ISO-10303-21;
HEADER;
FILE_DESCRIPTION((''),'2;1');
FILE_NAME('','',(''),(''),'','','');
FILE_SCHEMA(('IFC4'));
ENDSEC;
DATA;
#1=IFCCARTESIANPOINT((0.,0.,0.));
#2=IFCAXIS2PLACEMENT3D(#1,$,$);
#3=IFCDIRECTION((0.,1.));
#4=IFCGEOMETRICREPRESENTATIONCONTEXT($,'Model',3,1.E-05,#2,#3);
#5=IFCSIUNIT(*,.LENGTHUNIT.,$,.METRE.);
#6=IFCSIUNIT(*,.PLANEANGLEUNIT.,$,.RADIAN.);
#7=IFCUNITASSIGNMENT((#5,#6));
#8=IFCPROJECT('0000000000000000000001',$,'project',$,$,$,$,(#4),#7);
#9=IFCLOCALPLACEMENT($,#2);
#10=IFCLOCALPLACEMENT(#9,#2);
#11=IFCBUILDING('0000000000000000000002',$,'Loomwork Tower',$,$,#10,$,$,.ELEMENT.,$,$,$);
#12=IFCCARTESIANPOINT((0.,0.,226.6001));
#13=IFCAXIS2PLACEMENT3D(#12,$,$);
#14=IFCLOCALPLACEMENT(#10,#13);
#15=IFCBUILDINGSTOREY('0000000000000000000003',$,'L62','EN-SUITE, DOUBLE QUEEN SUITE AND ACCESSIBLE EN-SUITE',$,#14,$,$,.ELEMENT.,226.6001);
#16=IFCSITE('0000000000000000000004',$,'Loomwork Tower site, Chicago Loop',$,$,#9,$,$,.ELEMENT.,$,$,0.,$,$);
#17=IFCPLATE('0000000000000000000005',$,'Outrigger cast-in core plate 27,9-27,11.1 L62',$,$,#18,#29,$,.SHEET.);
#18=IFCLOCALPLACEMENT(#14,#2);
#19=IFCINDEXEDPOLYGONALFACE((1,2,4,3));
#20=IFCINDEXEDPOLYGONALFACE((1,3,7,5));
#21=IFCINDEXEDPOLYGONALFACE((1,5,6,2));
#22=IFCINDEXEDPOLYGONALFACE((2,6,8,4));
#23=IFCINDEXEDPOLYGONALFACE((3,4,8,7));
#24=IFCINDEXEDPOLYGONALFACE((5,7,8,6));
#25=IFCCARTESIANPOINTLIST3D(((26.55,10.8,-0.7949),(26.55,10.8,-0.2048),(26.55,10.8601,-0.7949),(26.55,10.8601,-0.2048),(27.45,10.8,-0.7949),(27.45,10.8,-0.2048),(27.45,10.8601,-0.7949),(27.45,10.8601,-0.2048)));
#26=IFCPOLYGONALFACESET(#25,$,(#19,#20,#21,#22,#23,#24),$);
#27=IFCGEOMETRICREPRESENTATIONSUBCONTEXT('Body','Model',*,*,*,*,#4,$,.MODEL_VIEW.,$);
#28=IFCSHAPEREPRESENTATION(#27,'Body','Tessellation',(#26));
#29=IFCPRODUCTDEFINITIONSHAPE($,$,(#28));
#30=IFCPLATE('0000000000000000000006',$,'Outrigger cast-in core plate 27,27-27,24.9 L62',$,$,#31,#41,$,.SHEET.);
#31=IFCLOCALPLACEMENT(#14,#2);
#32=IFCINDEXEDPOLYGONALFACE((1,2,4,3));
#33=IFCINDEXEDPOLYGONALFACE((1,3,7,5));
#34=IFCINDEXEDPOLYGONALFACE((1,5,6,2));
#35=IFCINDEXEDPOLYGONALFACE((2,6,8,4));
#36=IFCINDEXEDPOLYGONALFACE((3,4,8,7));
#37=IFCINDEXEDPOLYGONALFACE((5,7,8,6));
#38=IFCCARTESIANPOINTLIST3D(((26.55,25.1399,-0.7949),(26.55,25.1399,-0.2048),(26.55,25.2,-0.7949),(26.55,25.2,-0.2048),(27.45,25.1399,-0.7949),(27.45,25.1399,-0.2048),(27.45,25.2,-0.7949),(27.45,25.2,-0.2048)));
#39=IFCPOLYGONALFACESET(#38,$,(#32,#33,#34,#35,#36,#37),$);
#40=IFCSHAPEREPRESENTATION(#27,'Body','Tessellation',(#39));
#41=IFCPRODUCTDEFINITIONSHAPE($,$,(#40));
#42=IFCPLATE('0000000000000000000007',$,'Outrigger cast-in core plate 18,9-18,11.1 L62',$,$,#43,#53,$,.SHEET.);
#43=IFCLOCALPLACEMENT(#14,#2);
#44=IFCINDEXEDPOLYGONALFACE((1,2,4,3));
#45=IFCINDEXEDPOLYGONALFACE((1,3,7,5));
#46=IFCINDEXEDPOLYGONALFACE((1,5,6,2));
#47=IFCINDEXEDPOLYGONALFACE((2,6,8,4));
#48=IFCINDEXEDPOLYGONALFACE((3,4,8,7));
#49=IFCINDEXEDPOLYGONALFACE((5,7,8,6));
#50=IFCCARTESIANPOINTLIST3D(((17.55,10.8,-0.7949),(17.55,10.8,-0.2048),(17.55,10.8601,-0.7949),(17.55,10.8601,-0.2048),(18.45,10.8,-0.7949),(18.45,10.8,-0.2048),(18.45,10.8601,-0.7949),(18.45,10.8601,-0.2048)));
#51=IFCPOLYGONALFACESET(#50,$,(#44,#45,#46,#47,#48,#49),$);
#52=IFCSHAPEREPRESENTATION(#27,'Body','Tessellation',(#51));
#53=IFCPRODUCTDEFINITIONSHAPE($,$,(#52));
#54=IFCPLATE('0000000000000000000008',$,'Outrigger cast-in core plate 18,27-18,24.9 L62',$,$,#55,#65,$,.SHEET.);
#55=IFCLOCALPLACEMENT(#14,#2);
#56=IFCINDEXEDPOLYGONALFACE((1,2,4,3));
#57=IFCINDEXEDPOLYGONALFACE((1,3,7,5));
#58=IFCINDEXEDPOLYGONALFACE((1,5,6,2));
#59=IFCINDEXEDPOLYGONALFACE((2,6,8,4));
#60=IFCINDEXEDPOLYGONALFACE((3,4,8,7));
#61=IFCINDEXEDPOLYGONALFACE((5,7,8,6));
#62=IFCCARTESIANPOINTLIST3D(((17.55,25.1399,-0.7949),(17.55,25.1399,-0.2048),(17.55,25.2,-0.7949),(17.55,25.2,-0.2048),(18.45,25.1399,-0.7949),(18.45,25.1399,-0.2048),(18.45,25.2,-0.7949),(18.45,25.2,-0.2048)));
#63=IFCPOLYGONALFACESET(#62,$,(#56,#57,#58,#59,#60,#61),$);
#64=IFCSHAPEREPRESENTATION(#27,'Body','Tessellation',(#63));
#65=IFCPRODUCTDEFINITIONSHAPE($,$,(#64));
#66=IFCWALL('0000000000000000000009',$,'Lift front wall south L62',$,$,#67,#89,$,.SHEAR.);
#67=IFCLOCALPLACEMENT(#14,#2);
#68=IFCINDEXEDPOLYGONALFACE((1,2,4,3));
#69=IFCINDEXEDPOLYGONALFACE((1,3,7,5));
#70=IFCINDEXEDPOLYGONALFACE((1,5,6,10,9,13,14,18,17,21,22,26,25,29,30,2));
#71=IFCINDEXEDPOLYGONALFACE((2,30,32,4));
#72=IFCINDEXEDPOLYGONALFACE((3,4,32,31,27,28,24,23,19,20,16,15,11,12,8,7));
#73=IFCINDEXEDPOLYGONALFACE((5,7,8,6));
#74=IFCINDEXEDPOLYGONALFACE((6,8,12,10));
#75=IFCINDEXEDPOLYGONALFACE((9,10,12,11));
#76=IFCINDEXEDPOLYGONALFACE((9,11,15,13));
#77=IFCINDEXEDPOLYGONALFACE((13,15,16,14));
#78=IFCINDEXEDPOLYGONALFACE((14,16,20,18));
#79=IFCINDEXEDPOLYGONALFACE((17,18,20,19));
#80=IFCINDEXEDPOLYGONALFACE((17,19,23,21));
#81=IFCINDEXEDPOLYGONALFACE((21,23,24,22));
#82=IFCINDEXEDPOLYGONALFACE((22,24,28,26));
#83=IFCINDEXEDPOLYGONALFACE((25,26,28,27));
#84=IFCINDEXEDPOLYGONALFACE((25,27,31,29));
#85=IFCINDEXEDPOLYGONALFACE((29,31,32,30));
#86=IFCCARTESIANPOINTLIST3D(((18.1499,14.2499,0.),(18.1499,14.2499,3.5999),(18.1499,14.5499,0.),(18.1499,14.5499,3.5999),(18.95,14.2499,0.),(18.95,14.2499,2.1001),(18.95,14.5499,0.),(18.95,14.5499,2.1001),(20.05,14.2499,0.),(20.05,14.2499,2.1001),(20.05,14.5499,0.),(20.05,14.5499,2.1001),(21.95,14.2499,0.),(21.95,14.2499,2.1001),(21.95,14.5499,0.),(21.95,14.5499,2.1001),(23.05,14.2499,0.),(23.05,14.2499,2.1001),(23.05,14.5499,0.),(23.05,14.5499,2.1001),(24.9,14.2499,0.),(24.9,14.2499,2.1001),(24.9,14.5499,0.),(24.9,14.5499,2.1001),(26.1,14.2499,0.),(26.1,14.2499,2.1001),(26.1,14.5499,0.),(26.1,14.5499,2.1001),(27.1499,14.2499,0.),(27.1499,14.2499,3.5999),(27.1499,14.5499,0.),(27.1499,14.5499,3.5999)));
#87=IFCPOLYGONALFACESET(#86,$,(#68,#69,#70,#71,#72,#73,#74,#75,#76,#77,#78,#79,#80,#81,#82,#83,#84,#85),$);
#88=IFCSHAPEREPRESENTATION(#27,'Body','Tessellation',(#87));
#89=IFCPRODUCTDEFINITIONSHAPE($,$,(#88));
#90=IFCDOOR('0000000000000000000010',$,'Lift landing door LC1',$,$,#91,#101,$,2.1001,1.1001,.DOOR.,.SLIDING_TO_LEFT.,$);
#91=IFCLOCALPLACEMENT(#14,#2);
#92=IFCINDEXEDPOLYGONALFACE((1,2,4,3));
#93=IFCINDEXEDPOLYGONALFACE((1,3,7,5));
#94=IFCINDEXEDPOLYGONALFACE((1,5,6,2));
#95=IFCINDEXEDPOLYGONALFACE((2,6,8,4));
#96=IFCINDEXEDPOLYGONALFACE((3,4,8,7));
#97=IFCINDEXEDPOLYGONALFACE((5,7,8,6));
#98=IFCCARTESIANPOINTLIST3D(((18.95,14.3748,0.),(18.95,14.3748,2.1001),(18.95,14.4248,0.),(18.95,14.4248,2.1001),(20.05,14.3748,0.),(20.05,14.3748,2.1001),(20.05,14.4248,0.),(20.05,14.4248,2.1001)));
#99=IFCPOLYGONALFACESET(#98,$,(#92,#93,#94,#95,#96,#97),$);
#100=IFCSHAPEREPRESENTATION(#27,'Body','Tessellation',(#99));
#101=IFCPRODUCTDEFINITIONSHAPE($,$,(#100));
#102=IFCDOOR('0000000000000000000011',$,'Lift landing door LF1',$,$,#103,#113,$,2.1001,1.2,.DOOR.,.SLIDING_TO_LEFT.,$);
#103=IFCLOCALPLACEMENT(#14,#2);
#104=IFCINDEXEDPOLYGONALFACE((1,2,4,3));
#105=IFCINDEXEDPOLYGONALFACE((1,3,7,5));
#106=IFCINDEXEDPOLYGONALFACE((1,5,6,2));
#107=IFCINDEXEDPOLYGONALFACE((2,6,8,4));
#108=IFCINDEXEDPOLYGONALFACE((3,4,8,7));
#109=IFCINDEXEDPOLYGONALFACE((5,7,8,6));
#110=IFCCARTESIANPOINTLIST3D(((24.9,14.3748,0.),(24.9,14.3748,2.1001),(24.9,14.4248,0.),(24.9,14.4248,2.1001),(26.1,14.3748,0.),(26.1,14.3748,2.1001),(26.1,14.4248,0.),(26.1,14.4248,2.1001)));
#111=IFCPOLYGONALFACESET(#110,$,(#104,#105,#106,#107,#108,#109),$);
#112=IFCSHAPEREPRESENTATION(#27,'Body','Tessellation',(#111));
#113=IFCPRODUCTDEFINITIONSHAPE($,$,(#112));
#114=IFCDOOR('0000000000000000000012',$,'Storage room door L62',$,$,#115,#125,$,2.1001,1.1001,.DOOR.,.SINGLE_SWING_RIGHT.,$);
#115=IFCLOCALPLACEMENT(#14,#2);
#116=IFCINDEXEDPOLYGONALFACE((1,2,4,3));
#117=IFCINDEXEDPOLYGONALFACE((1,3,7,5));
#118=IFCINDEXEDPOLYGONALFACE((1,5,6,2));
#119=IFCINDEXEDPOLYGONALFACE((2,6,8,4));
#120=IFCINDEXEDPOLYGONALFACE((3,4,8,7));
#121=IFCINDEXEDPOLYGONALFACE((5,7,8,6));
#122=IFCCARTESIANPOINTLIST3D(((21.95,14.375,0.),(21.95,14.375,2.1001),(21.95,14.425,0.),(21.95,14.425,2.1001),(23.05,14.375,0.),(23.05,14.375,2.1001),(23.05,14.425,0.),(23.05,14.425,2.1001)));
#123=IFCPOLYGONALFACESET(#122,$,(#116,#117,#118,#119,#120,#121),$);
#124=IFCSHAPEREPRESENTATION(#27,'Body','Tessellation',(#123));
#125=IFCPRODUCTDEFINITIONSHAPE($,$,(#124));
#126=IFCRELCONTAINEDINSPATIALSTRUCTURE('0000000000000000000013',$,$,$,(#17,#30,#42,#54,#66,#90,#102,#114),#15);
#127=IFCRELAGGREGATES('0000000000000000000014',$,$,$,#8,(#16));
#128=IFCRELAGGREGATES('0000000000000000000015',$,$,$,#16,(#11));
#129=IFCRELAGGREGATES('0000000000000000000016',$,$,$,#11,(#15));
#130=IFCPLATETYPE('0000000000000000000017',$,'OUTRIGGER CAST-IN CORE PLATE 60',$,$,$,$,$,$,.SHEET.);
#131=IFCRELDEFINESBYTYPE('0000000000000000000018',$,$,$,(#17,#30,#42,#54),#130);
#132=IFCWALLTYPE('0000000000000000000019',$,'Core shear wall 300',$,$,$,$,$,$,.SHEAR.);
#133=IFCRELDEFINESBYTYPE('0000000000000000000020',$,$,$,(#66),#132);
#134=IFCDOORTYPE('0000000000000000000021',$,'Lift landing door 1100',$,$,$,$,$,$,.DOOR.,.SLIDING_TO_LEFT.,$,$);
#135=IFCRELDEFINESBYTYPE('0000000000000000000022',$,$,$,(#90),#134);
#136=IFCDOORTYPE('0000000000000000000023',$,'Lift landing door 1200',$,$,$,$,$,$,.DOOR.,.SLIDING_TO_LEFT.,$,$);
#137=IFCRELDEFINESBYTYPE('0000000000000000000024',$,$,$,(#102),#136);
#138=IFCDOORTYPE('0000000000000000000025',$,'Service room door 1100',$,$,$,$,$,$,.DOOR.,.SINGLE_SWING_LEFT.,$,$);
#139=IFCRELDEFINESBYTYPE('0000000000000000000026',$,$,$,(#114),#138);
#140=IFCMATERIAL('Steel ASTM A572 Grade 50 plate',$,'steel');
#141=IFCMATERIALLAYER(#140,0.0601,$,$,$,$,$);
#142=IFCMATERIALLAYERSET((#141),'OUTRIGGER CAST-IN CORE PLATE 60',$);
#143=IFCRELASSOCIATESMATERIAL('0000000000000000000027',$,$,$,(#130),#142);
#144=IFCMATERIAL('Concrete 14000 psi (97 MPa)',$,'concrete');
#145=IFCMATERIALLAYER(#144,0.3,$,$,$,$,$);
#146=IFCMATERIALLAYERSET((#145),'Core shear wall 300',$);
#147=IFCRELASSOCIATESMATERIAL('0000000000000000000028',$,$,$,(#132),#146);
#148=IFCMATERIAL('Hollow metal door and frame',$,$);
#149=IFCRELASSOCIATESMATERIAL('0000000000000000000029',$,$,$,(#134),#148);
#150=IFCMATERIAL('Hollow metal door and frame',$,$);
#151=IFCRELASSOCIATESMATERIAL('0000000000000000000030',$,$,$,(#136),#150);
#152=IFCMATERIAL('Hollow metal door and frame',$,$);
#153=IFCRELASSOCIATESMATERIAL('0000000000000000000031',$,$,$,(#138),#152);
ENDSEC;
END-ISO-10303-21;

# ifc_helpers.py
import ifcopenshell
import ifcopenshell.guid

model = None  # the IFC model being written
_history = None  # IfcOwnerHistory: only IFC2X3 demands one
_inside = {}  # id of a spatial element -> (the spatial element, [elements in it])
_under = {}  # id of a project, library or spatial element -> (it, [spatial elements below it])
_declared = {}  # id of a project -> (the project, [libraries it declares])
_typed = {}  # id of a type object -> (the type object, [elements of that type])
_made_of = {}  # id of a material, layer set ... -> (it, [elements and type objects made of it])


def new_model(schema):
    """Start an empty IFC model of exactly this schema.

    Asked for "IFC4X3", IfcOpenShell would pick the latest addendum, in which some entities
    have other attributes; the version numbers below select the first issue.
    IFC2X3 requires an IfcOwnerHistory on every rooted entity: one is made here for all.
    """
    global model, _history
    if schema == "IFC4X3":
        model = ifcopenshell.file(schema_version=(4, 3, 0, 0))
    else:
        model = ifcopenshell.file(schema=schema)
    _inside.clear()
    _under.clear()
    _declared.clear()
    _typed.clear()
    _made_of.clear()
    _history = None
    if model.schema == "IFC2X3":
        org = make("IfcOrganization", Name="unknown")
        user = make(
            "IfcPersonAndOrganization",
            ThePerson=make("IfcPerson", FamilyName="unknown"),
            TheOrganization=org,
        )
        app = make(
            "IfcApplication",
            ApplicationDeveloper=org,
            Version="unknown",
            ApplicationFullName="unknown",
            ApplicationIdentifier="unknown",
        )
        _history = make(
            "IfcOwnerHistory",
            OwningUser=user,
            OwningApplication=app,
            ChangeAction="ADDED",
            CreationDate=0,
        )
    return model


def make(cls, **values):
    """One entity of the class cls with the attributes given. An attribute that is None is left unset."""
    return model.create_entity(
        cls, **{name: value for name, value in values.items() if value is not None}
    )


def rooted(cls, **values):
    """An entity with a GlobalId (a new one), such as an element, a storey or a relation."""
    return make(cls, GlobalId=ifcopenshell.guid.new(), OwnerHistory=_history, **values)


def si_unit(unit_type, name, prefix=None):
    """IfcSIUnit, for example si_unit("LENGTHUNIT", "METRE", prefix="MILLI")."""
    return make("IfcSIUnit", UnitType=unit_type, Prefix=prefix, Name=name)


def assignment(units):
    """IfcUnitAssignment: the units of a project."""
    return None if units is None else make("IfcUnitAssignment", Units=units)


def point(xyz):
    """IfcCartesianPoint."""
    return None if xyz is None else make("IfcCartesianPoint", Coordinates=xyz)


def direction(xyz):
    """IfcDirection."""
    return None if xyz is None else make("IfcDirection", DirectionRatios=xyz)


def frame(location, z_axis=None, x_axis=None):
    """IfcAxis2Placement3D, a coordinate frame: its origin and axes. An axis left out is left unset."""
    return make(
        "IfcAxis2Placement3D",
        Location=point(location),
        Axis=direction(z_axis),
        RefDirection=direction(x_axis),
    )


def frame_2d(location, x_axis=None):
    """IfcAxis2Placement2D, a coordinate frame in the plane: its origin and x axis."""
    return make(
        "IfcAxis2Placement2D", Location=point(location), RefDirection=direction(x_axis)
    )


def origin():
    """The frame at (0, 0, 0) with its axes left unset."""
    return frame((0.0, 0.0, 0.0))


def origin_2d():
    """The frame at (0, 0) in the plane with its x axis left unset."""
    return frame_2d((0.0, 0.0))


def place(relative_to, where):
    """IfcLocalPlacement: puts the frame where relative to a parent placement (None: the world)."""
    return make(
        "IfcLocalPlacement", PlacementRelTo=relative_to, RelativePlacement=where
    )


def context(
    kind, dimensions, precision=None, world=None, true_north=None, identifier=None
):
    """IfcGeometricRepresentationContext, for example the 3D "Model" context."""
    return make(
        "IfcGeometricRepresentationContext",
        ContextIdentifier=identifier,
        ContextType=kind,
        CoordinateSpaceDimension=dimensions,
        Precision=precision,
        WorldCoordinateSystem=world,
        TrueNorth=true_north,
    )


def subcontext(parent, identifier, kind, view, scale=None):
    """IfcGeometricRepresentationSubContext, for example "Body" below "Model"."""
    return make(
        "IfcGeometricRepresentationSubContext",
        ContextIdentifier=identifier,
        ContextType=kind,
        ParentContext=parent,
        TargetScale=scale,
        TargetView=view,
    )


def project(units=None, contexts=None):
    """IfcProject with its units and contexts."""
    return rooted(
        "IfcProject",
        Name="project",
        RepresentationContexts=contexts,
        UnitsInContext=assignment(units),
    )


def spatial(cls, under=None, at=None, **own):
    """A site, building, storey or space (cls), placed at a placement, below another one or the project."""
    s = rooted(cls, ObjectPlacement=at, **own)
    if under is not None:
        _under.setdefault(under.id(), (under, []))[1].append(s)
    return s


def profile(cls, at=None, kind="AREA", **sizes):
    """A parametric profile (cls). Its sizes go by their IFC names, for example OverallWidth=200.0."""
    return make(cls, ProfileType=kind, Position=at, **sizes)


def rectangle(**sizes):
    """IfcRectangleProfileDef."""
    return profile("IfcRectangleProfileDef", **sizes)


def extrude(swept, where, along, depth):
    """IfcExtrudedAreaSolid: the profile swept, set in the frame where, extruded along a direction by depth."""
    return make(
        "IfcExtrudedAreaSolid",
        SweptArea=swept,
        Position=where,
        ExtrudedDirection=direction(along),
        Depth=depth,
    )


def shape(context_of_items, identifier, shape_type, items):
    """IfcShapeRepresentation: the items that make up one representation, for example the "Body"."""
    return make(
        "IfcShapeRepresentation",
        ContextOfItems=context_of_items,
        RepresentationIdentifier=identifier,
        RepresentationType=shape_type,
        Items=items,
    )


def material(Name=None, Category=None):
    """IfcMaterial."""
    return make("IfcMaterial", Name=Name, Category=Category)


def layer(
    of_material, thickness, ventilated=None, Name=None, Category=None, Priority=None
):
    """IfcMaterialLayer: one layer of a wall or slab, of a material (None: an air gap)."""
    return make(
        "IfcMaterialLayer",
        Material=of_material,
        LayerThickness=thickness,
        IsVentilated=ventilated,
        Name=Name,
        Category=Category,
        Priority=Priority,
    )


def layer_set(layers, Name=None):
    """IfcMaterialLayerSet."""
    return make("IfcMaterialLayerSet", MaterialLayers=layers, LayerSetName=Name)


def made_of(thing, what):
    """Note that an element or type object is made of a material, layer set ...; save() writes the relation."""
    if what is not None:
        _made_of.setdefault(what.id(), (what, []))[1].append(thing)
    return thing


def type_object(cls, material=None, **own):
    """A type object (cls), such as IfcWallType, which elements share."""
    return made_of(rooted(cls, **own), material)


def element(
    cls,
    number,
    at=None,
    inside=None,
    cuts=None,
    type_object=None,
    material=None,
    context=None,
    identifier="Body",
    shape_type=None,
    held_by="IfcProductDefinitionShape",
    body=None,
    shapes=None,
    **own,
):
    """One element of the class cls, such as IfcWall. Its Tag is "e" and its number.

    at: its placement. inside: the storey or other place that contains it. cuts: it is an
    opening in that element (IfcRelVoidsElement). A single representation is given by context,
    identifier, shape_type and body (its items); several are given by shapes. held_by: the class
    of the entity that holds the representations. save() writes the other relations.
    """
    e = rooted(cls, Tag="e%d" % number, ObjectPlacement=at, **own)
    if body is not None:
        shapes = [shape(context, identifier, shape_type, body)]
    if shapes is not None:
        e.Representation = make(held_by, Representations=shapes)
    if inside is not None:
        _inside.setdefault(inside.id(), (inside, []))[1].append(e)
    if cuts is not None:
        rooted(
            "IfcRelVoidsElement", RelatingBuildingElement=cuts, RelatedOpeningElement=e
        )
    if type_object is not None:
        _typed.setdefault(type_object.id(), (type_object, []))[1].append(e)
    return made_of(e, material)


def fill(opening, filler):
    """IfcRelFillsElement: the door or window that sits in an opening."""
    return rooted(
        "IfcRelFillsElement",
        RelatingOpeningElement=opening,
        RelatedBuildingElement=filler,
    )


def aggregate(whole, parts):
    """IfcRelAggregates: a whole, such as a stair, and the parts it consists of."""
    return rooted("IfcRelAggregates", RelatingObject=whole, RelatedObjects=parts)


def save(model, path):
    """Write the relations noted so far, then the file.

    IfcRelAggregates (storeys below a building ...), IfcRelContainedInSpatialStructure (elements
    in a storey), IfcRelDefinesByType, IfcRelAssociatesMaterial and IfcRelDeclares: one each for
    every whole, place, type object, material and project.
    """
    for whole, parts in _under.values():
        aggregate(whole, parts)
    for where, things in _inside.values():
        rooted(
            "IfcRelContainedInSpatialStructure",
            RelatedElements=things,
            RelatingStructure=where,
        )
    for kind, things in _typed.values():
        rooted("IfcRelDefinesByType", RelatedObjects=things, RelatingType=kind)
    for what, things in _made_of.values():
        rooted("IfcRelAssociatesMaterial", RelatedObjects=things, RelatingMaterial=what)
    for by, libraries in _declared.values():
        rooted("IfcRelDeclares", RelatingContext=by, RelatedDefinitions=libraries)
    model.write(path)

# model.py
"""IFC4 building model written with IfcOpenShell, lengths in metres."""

from ifc_helpers import new_model, si_unit, direction, frame, frame_2d, origin, origin_2d, place, context, subcontext, project, spatial, rectangle, extrude, material, layer, layer_set, type_object, element, fill, save


model = new_model("IFC4")

# Units and contexts
model_context = context("Model", 3, precision=1e-05, world=origin(), true_north=direction((0.0, 1.0)))
body_context = subcontext(model_context, "Body", "Model", "MODEL_VIEW")
ifc_project = project(units=[si_unit("LENGTHUNIT", "METRE"), si_unit("PLANEANGLEUNIT", "RADIAN")], contexts=[model_context])

# Site, building, storey
site_placement = place(None, origin())
site = spatial("IfcSite", under=ifc_project, at=site_placement, Name="Loomwork Tower site, Chicago Loop", CompositionType="ELEMENT", RefElevation=0.0)
building_placement = place(site_placement, origin())
building = spatial("IfcBuilding", under=site, at=building_placement, Name="Loomwork Tower", CompositionType="ELEMENT")
storey_placement = place(building_placement, frame((0.0, 0.0, 226.6001)))
storey = spatial("IfcBuildingStorey", under=building, at=storey_placement, Name="L62", Description="EN-SUITE, DOUBLE QUEEN SUITE AND ACCESSIBLE EN-SUITE", CompositionType="ELEMENT", Elevation=226.6001)

# Plates
ifc_material_1 = material(Name="Steel ASTM A572 Grade 50 plate", Category="steel")
ifc_layer_1 = layer(ifc_material_1, 0.0601)
ifc_layer_set_1 = layer_set([ifc_layer_1], Name="OUTRIGGER CAST-IN CORE PLATE 60")
plate_type = type_object("IfcPlateType", Name="OUTRIGGER CAST-IN CORE PLATE 60", PredefinedType="SHEET", material=ifc_layer_set_1)
for number, where, z_axis, x_axis, name in (
    (1, (27.0, 10.8301, -0.7949), (0.0, 0.0, 1.0), (1.0, 0.0, 0.0), "Outrigger cast-in core plate 27,9-27,11.1 L62"),
    (2, (27.0, 25.1699, -0.7949), (0.0, 0.0, 1.0), (1.0, 0.0, 0.0), "Outrigger cast-in core plate 27,27-27,24.9 L62"),
    (3, (18.0, 10.8301, -0.7949), (0.0, 0.0, 1.0), (1.0, 0.0, 0.0), "Outrigger cast-in core plate 18,9-18,11.1 L62"),
    (4, (18.0, 25.1699, -0.7949), (0.0, 0.0, 1.0), (1.0, 0.0, 0.0), "Outrigger cast-in core plate 18,27-18,24.9 L62"),
):
    element("IfcPlate", number, at=place(storey_placement, frame(where, z_axis=z_axis, x_axis=x_axis)), inside=storey, type_object=plate_type, Name=name, PredefinedType="SHEET", context=body_context, shape_type="SweptSolid", body=[
        extrude(rectangle(XDim=0.8999, YDim=0.0601, at=origin_2d()), origin(), (0.0, 0.0, 1.0), 0.5901),
    ])

# Wall, openings, doors
ifc_material_2 = material(Name="Concrete 14000 psi (97 MPa)", Category="concrete")
ifc_layer_2 = layer(ifc_material_2, 0.3)
ifc_layer_set_2 = layer_set([ifc_layer_2], Name="Core shear wall 300")
wall_type_1 = type_object("IfcWallType", Name="Core shear wall 300", PredefinedType="SHEAR", material=ifc_layer_set_2)
wall_1_placement = place(storey_placement, frame((18.1499, 14.3999, 0.0), z_axis=(0.0, 0.0, 1.0), x_axis=(1.0, 0.0, 0.0)))
wall_1 = element("IfcWall", 5, at=wall_1_placement, inside=storey, type_object=wall_type_1, Name="Lift front wall south L62", PredefinedType="SHEAR", context=body_context, shape_type="SweptSolid", body=[
    extrude(rectangle(XDim=9.0, YDim=0.3, at=frame_2d((4.5, 0.0))), origin(), (0.0, 0.0, 1.0), 3.5999),
])
opening_1_placement = place(wall_1_placement, frame((0.8, 0.0, 0.0)))
opening_1 = element("IfcOpeningElement", 6, at=opening_1_placement, cuts=wall_1, PredefinedType="OPENING", context=body_context, shape_type="SweptSolid", body=[
    extrude(rectangle(XDim=1.1001, YDim=2.1001, at=frame_2d((0.55, 1.05))), frame((0.0, 0.1599, 0.0), z_axis=(0.0, -1.0, 0.0), x_axis=(1.0, 0.0, 0.0)), (0.0, 0.0, 1.0), 0.3201),
])
opening_2_placement = place(wall_1_placement, frame((6.75, 0.0, 0.0)))
opening_2 = element("IfcOpeningElement", 7, at=opening_2_placement, cuts=wall_1, PredefinedType="OPENING", context=body_context, shape_type="SweptSolid", body=[
    extrude(rectangle(XDim=1.2, YDim=2.1001, at=frame_2d((0.6001, 1.05))), frame((0.0, 0.1599, 0.0), z_axis=(0.0, -1.0, 0.0), x_axis=(1.0, 0.0, 0.0)), (0.0, 0.0, 1.0), 0.3201),
])
opening_3_placement = place(wall_1_placement, frame((3.8, 0.0, 0.0)))
opening_3 = element("IfcOpeningElement", 8, at=opening_3_placement, cuts=wall_1, PredefinedType="OPENING", context=body_context, shape_type="SweptSolid", body=[
    extrude(rectangle(XDim=1.1001, YDim=2.1001, at=frame_2d((0.55, 1.05))), frame((0.0, 0.1599, 0.0), z_axis=(0.0, -1.0, 0.0), x_axis=(1.0, 0.0, 0.0)), (0.0, 0.0, 1.0), 0.3201),
])
ifc_material_3 = material(Name="Hollow metal door and frame")
door_type_1 = type_object("IfcDoorType", Name="Lift landing door 1100", OperationType="SLIDING_TO_LEFT", PredefinedType="DOOR", material=ifc_material_3)
door_1_placement = place(opening_1_placement, origin())
door_1 = element("IfcDoor", 9, at=door_1_placement, inside=storey, type_object=door_type_1, Name="Lift landing door LC1", OperationType="SLIDING_TO_LEFT", OverallHeight=2.1001, OverallWidth=1.1001, PredefinedType="DOOR", context=body_context, shape_type="SweptSolid", body=[
    extrude(rectangle(XDim=1.1001, YDim=2.1001, at=frame_2d((0.55, 1.05))), frame((0.0, 0.0249, 0.0), z_axis=(0.0, -1.0, 0.0), x_axis=(1.0, 0.0, 0.0)), (0.0, 0.0, 1.0), 0.05),
])
fill(opening_1, door_1)
ifc_material_4 = material(Name="Hollow metal door and frame")
door_type_2 = type_object("IfcDoorType", Name="Lift landing door 1200", OperationType="SLIDING_TO_LEFT", PredefinedType="DOOR", material=ifc_material_4)
door_2_placement = place(opening_2_placement, origin())
door_2 = element("IfcDoor", 10, at=door_2_placement, inside=storey, type_object=door_type_2, Name="Lift landing door LF1", OperationType="SLIDING_TO_LEFT", OverallHeight=2.1001, OverallWidth=1.2, PredefinedType="DOOR", context=body_context, shape_type="SweptSolid", body=[
    extrude(rectangle(XDim=1.2, YDim=2.1001, at=frame_2d((0.6001, 1.05))), frame((0.0, 0.0249, 0.0), z_axis=(0.0, -1.0, 0.0), x_axis=(1.0, 0.0, 0.0)), (0.0, 0.0, 1.0), 0.05),
])
fill(opening_2, door_2)
ifc_material_5 = material(Name="Hollow metal door and frame")
door_type_3 = type_object("IfcDoorType", Name="Service room door 1100", OperationType="SINGLE_SWING_LEFT", PredefinedType="DOOR", material=ifc_material_5)
door_3_placement = place(opening_3_placement, frame((1.1001, 0.0, 0.0), z_axis=(0.0, 0.0, 1.0), x_axis=(-1.0, 0.0, 0.0)))
door_3 = element("IfcDoor", 11, at=door_3_placement, inside=storey, type_object=door_type_3, Name="Storage room door L62", OperationType="SINGLE_SWING_RIGHT", OverallHeight=2.1001, OverallWidth=1.1001, PredefinedType="DOOR", context=body_context, shape_type="SweptSolid", body=[
    extrude(rectangle(XDim=1.1001, YDim=2.1001, at=frame_2d((0.55, 1.05))), frame((0.0, 0.0249, 0.0), z_axis=(0.0, -1.0, 0.0), x_axis=(1.0, 0.0, 0.0)), (0.0, 0.0, 1.0), 0.05),
])
fill(opening_3, door_3)

save(model, "model.ifc")
